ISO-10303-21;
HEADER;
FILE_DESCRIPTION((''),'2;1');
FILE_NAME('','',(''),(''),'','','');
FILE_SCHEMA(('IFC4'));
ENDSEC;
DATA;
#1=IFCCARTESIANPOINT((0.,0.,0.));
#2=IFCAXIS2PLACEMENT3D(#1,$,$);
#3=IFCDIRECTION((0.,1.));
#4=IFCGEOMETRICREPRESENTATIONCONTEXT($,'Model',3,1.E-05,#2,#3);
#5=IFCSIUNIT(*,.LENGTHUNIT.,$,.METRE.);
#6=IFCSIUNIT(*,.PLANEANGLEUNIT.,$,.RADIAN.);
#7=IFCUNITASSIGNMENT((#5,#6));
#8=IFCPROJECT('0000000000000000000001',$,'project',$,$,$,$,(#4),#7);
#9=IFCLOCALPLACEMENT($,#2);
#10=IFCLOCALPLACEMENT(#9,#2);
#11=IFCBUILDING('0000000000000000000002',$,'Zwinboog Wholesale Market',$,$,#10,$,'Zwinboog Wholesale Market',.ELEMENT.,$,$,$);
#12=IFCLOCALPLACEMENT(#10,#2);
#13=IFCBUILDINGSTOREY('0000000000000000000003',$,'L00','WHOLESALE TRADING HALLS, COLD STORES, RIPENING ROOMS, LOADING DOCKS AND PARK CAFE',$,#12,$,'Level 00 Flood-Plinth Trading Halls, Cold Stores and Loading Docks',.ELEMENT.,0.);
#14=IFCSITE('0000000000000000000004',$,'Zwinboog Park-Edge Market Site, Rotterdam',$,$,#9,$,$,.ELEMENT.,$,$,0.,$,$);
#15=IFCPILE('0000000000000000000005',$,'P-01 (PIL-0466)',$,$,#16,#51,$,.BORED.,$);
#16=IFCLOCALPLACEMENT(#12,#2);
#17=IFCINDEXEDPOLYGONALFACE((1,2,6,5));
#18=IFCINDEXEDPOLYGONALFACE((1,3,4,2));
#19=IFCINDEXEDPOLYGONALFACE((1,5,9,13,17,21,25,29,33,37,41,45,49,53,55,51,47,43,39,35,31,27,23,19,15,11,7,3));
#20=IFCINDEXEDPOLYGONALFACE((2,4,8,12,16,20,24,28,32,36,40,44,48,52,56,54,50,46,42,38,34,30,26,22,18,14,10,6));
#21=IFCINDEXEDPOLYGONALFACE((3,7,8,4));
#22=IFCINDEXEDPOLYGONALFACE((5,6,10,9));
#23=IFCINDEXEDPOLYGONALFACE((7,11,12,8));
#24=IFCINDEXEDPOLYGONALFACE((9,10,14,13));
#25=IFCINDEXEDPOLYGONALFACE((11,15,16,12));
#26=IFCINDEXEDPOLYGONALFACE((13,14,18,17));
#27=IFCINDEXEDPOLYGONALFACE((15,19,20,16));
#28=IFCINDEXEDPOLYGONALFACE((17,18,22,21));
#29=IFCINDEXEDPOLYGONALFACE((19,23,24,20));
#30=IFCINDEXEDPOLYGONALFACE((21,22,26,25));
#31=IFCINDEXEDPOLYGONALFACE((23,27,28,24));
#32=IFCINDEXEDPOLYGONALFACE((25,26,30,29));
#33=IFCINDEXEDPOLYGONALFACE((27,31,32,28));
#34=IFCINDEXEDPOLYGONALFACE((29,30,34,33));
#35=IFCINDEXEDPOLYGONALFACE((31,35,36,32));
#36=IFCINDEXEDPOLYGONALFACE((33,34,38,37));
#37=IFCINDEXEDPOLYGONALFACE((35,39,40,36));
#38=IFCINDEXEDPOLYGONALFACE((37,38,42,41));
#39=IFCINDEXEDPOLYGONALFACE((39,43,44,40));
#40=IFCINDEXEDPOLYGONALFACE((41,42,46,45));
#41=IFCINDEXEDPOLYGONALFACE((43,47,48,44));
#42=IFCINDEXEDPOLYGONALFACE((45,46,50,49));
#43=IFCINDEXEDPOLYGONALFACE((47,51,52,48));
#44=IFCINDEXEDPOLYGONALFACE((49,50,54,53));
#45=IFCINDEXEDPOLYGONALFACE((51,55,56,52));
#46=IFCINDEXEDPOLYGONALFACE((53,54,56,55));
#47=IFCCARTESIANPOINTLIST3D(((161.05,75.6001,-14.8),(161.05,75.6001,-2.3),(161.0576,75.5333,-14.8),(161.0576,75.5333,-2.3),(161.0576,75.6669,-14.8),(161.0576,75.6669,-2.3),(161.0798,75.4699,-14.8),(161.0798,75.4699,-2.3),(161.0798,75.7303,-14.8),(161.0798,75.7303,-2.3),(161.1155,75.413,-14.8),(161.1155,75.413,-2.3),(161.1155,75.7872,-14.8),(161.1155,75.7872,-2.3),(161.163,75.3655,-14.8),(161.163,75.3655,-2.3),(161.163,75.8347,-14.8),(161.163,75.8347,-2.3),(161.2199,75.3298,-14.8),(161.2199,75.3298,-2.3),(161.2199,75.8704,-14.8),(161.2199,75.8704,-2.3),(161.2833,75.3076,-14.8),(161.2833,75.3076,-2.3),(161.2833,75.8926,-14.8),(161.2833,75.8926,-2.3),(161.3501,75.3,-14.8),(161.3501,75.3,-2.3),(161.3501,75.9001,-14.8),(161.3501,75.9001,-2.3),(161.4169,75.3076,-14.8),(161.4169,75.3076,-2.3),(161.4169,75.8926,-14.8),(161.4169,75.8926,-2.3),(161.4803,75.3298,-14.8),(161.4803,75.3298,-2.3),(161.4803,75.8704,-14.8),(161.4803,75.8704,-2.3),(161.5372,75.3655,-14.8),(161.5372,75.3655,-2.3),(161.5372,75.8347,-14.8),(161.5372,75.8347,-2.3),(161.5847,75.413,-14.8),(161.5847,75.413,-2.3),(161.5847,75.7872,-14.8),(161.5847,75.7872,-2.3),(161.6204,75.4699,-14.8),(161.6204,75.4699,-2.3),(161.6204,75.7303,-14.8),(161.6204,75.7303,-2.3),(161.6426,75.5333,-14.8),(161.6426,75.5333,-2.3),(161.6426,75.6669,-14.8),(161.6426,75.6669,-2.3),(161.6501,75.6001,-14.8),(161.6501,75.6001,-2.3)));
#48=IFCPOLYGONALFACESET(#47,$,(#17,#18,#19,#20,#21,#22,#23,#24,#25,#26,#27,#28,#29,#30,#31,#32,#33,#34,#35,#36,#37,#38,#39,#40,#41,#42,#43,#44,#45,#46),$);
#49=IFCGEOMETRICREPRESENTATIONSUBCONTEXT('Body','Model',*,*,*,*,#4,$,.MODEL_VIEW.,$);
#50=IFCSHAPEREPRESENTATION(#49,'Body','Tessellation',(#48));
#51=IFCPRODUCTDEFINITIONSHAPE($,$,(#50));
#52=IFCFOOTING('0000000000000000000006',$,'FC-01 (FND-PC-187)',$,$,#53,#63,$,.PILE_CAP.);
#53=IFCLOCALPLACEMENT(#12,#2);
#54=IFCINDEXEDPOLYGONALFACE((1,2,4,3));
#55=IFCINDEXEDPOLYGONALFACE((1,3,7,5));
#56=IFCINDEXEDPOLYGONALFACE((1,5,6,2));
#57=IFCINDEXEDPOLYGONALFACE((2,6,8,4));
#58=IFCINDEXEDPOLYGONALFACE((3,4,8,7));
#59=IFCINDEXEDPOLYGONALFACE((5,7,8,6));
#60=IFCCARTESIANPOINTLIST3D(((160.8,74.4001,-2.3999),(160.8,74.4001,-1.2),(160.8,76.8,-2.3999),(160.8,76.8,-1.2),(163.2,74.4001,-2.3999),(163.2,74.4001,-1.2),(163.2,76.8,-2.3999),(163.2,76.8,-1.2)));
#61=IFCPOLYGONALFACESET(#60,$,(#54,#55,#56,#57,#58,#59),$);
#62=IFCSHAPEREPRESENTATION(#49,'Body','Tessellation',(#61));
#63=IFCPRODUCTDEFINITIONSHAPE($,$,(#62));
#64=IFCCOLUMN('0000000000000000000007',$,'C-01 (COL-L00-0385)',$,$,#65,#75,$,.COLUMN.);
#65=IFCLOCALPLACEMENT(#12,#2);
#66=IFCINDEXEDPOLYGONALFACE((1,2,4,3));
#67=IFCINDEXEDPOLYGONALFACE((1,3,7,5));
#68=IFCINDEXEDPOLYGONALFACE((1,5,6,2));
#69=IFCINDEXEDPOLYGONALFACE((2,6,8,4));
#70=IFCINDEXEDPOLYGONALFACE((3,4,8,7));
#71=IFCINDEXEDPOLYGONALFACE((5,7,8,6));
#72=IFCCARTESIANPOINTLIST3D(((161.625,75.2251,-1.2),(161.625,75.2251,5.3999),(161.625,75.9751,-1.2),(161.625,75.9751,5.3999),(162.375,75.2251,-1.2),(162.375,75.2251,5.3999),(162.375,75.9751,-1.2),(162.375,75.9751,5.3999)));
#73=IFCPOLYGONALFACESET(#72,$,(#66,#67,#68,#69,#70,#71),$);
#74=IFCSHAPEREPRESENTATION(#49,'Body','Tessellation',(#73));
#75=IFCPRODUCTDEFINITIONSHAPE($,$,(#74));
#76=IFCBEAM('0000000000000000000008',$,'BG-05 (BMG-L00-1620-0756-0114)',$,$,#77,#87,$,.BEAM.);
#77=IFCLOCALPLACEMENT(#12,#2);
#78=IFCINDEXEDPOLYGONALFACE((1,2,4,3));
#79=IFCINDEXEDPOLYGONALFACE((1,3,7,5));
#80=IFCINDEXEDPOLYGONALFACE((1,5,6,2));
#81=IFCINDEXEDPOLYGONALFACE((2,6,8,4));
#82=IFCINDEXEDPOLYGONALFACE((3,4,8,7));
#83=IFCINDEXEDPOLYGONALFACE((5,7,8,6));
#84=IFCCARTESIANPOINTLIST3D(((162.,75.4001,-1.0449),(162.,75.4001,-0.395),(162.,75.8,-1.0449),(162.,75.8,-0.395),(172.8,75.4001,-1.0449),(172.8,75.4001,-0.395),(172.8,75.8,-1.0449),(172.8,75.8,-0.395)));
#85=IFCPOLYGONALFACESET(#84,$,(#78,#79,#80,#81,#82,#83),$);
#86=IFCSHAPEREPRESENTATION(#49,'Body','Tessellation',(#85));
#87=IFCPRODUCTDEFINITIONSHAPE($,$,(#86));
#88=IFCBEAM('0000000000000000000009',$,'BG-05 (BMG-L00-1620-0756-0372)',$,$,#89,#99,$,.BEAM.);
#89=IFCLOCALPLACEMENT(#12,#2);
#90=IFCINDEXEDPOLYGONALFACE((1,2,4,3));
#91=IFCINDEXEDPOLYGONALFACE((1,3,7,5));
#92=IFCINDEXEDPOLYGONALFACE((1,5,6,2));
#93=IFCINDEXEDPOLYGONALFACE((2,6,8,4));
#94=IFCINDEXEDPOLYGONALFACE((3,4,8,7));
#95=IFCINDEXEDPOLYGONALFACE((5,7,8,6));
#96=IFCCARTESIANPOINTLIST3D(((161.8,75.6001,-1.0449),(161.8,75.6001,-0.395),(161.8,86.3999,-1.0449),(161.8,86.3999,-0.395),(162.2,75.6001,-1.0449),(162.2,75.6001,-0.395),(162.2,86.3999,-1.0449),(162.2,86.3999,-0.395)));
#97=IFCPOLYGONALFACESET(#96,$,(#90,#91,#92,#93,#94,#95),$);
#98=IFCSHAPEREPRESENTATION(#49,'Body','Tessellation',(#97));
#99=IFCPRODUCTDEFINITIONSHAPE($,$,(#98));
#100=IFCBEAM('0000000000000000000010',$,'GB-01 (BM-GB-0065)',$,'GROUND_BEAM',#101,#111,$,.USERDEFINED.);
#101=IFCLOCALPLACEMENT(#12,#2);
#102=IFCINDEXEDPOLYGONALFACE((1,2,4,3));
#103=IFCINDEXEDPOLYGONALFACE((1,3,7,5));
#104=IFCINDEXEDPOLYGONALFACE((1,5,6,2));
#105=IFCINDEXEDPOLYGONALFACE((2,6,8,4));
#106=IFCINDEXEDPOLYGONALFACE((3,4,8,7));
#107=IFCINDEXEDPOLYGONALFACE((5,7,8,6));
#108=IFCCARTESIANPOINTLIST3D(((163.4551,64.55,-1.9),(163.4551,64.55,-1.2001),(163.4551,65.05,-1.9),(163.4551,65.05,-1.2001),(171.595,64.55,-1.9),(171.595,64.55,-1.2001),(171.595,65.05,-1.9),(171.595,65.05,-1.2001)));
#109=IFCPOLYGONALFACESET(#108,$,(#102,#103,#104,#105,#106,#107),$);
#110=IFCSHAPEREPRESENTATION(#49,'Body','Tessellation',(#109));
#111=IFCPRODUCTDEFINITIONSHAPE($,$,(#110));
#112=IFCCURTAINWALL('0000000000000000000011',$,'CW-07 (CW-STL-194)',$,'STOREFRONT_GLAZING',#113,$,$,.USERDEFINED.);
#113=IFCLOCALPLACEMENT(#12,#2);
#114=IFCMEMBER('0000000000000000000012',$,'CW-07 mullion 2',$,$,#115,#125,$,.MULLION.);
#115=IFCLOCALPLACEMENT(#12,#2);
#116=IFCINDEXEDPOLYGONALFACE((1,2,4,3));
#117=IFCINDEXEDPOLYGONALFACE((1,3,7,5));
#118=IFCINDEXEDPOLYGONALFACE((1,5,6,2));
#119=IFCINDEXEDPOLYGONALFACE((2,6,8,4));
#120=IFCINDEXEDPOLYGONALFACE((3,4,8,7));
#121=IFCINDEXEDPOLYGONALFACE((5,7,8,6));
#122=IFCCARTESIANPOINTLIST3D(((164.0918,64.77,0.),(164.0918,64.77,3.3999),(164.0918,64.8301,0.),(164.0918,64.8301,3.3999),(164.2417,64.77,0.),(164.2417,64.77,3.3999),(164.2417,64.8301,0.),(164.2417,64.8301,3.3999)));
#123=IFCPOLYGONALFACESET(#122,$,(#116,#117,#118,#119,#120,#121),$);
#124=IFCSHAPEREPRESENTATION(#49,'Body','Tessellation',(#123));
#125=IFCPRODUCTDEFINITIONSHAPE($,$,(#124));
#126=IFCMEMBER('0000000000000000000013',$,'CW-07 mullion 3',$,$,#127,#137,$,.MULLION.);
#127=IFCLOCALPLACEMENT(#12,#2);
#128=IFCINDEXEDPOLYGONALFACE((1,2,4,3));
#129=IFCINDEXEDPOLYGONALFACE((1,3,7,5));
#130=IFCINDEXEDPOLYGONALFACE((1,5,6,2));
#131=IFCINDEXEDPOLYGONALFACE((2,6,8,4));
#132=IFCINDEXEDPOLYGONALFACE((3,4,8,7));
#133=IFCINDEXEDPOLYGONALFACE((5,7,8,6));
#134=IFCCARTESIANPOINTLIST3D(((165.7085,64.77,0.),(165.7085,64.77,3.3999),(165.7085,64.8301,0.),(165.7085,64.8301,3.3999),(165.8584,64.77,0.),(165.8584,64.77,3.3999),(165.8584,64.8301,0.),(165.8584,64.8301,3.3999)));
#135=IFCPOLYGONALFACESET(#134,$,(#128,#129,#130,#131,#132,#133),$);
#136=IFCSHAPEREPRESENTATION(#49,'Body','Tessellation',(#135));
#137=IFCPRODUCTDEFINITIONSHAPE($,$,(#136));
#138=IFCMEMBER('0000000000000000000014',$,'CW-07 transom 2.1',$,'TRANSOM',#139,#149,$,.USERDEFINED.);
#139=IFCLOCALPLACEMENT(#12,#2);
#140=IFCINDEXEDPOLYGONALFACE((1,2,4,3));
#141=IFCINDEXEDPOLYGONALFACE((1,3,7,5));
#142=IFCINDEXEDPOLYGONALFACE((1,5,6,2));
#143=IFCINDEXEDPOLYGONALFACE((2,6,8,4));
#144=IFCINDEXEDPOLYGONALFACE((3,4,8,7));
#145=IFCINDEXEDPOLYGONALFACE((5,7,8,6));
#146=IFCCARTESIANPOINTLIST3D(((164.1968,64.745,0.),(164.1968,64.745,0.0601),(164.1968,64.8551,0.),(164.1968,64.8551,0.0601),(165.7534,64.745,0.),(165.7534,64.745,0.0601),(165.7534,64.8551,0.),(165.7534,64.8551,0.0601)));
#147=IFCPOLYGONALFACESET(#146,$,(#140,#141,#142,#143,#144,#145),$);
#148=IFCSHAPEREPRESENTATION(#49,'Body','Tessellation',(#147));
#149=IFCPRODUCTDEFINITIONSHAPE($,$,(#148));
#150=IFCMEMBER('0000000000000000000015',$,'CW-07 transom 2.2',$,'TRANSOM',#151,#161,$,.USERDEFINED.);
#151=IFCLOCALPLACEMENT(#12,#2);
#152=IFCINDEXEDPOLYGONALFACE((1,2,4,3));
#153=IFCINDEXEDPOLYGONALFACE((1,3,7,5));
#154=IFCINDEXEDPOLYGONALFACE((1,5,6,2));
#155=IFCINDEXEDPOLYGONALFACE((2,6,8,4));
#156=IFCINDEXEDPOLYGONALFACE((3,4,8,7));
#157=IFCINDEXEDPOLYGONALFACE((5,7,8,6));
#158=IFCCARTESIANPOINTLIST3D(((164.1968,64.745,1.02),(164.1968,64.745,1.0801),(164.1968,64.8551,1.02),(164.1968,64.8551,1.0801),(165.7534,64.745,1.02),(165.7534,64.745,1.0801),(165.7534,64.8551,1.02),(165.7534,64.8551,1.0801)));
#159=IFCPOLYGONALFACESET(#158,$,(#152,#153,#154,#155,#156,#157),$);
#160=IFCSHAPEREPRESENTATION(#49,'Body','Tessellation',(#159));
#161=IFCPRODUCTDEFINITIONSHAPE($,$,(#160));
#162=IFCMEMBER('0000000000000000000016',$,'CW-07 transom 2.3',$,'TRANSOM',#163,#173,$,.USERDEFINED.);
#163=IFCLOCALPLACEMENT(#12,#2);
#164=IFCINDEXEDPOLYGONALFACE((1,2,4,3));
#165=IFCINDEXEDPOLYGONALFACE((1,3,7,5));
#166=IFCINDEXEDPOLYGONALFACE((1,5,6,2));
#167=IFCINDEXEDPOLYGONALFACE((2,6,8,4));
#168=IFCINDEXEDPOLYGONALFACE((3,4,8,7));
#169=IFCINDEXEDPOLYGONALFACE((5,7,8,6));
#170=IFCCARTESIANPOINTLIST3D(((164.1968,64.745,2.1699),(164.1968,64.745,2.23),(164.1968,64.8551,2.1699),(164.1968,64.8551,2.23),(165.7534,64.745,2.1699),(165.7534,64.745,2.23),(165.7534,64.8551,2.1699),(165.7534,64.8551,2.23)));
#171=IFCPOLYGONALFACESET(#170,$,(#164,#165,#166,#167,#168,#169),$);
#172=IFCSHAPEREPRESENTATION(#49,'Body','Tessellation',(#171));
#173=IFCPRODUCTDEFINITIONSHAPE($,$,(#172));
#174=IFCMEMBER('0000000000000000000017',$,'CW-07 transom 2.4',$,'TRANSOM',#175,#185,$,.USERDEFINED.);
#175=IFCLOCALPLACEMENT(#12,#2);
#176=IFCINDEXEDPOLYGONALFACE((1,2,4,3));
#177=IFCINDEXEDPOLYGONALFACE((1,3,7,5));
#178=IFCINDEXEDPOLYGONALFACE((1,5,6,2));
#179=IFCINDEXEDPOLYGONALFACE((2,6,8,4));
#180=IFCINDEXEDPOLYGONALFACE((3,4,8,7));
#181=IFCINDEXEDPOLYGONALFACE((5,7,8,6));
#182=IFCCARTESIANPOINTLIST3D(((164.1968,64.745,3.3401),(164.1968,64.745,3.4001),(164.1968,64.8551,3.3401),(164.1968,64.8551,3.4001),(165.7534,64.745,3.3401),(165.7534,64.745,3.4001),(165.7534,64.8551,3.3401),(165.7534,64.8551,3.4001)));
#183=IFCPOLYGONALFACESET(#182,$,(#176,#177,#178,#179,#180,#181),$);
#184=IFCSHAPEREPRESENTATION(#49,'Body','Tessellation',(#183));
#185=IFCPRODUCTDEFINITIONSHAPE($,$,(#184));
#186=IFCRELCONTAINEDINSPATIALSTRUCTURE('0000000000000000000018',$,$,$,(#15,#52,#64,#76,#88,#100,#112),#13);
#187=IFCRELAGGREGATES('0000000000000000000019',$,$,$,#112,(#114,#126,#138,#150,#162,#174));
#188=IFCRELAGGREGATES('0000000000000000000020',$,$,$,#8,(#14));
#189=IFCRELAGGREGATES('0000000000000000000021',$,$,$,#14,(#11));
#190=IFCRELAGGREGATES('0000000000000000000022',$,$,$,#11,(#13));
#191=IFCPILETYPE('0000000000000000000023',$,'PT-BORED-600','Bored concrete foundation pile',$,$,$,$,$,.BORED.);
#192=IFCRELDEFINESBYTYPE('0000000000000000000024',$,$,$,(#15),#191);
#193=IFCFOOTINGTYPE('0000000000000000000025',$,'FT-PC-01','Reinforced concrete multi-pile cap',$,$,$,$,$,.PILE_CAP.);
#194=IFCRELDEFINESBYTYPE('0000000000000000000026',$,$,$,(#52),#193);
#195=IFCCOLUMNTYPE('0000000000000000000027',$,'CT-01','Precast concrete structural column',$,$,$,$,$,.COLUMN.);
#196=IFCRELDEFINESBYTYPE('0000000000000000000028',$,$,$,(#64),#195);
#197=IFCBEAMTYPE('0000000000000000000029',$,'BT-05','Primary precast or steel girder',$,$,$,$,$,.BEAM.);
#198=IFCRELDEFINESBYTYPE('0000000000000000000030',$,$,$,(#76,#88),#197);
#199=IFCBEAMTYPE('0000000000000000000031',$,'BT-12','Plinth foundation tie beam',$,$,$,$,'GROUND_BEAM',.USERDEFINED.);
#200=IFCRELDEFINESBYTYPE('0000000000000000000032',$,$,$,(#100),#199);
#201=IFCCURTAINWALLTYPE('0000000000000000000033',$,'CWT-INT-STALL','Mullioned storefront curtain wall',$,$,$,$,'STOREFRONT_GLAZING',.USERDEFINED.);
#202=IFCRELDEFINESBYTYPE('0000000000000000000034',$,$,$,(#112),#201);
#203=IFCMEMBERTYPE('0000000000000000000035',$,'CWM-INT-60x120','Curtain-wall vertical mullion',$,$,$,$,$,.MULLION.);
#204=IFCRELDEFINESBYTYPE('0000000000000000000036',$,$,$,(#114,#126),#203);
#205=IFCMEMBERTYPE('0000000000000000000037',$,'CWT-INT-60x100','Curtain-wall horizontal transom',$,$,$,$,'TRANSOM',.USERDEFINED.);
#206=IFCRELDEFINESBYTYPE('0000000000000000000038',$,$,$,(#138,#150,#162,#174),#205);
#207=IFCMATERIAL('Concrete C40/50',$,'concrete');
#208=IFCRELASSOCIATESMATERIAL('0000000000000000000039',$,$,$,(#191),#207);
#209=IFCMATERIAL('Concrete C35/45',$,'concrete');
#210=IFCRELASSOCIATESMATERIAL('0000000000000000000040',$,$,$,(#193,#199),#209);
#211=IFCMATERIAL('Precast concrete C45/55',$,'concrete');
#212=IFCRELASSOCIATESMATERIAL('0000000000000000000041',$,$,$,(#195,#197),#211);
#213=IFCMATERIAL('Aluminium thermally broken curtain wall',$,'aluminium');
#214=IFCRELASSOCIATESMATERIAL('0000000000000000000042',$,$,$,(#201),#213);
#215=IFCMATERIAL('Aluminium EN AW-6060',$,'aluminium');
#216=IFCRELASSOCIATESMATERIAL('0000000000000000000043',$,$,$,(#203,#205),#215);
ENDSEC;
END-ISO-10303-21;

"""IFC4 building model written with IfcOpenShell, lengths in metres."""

from ifc_helpers import new_model, si_unit, direction, frame, origin, origin_2d, place, context, subcontext, project, spatial, rectangle, circle, extrude, material, material_profile, profile_set, type_object, element, aggregate, save


model = new_model("IFC4")

# Units and contexts
model_context = context("Model", 3, precision=1e-05, world=origin(), true_north=direction((0.0, 1.0)))
body_context = subcontext(model_context, "Body", "Model", "MODEL_VIEW")
ifc_project = project(units=[si_unit("LENGTHUNIT", "METRE"), si_unit("PLANEANGLEUNIT", "RADIAN")], contexts=[model_context])

# Site, building, storey
site_placement = place(None, origin())
site = spatial("IfcSite", under=ifc_project, at=site_placement, Name="Zwinboog Park-Edge Market Site, Rotterdam", CompositionType="ELEMENT", RefElevation=0.0)
building_placement = place(site_placement, origin())
building = spatial("IfcBuilding", under=site, at=building_placement, Name="Zwinboog Wholesale Market", LongName="Zwinboog Wholesale Market", CompositionType="ELEMENT")
storey_placement = place(building_placement, origin())
storey = spatial("IfcBuildingStorey", under=building, at=storey_placement, Name="L00", Description="WHOLESALE TRADING HALLS, COLD STORES, RIPENING ROOMS, LOADING DOCKS AND PARK CAFE", LongName="Level 00 Flood-Plinth Trading Halls, Cold Stores and Loading Docks", CompositionType="ELEMENT", Elevation=0.0)

# Pile
ifc_material_1 = material(Name="Concrete C40/50", Category="concrete")
ifc_material_profile_1 = material_profile(ifc_material_1, circle(Radius=0.3, at=origin_2d()), Name="PILE D600")
ifc_profile_set_1 = profile_set([ifc_material_profile_1], Name="Concrete C40/50")
pile_type = type_object("IfcPileType", Name="PT-BORED-600", Description="Bored concrete foundation pile", PredefinedType="BORED", material=ifc_profile_set_1)
pile_placement = place(storey_placement, frame((161.3501, 75.6001, -2.3), z_axis=(0.0, 0.0, -1.0), x_axis=(1.0, 0.0, 0.0)))
element("IfcPile", 1, at=pile_placement, inside=storey, type_object=pile_type, Name="P-01 (PIL-0466)", PredefinedType="BORED", context=body_context, shape_type="SweptSolid", body=[
    extrude(circle(Radius=0.3, at=origin_2d()), origin(), (0.0, 0.0, 1.0), 12.5),
])

# Footing
ifc_material_2 = material(Name="Concrete C35/45", Category="concrete")
footing_type = type_object("IfcFootingType", Name="FT-PC-01", Description="Reinforced concrete multi-pile cap", PredefinedType="PILE_CAP", material=ifc_material_2)
footing_placement = place(storey_placement, frame((162.0, 75.6001, -2.3999), z_axis=(0.0, 0.0, 1.0), x_axis=(1.0, 0.0, 0.0)))
element("IfcFooting", 2, at=footing_placement, inside=storey, type_object=footing_type, Name="FC-01 (FND-PC-187)", PredefinedType="PILE_CAP", context=body_context, shape_type="SweptSolid", body=[
    extrude(rectangle(XDim=2.3999, YDim=2.3999, at=origin_2d()), origin(), (0.0, 0.0, 1.0), 1.2),
])

# Column
ifc_material_3 = material(Name="Precast concrete C45/55", Category="concrete")
ifc_material_profile_2 = material_profile(ifc_material_3, rectangle(XDim=0.75, YDim=0.75, at=origin_2d()), Name="PC 750x750")
ifc_profile_set_2 = profile_set([ifc_material_profile_2], Name="Precast concrete C45/55")
column_type = type_object("IfcColumnType", Name="CT-01", Description="Precast concrete structural column", PredefinedType="COLUMN", material=ifc_profile_set_2)
column_placement = place(storey_placement, frame((162.0, 75.6001, -1.2), z_axis=(0.0, 0.0, 1.0), x_axis=(1.0, 0.0, 0.0)))
element("IfcColumn", 3, at=column_placement, inside=storey, type_object=column_type, Name="C-01 (COL-L00-0385)", PredefinedType="COLUMN", context=body_context, shape_type="SweptSolid", body=[
    extrude(rectangle(XDim=0.75, YDim=0.75, at=origin_2d()), origin(), (0.0, 0.0, 1.0), 6.5999),
])

# Beams
ifc_material_profile_3 = material_profile(ifc_material_3, rectangle(XDim=0.3999, YDim=0.6499, at=origin_2d()), Name="PC 400x650")
ifc_profile_set_3 = profile_set([ifc_material_profile_3], Name="Precast concrete C45/55")
beam_type_1 = type_object("IfcBeamType", Name="BT-05", Description="Primary precast or steel girder", PredefinedType="BEAM", material=ifc_profile_set_3)
beam_1_placement = place(storey_placement, frame((162.0, 75.6001, -0.72), z_axis=(1.0, 0.0, 0.0), x_axis=(0.0, 1.0, 0.0)))
element("IfcBeam", 4, at=beam_1_placement, inside=storey, type_object=beam_type_1, Name="BG-05 (BMG-L00-1620-0756-0114)", PredefinedType="BEAM", context=body_context, shape_type="SweptSolid", body=[
    extrude(rectangle(XDim=0.3999, YDim=0.6499, at=origin_2d()), origin(), (0.0, 0.0, 1.0), 10.8),
])
beam_2_placement = place(storey_placement, frame((162.0, 75.6001, -0.72), z_axis=(0.0, 1.0, 0.0), x_axis=(-1.0, 0.0, 0.0)))
element("IfcBeam", 5, at=beam_2_placement, inside=storey, type_object=beam_type_1, Name="BG-05 (BMG-L00-1620-0756-0372)", PredefinedType="BEAM", context=body_context, shape_type="SweptSolid", body=[
    extrude(rectangle(XDim=0.3999, YDim=0.6499, at=origin_2d()), origin(), (0.0, 0.0, 1.0), 10.7998),
])
ifc_material_profile_4 = material_profile(ifc_material_2, rectangle(XDim=0.5, YDim=0.7, at=origin_2d()), Name="RC 500x700")
ifc_profile_set_4 = profile_set([ifc_material_profile_4], Name="Concrete C35/45")
beam_type_2 = type_object("IfcBeamType", Name="BT-12", Description="Plinth foundation tie beam", ElementType="GROUND_BEAM", PredefinedType="USERDEFINED", material=ifc_profile_set_4)
beam_3_placement = place(storey_placement, frame((163.4551, 64.8, -1.55), z_axis=(1.0, 0.0, 0.0), x_axis=(0.0, 1.0, 0.0)))
element("IfcBeam", 6, at=beam_3_placement, inside=storey, type_object=beam_type_2, Name="GB-01 (BM-GB-0065)", ObjectType="GROUND_BEAM", PredefinedType="USERDEFINED", context=body_context, shape_type="SweptSolid", body=[
    extrude(rectangle(XDim=0.5, YDim=0.7, at=origin_2d()), origin(), (0.0, 0.0, 1.0), 8.1399),
])

# Curtain wall, members
ifc_material_4 = material(Name="Aluminium thermally broken curtain wall", Category="aluminium")
curtain_wall_type = type_object("IfcCurtainWallType", Name="CWT-INT-STALL", Description="Mullioned storefront curtain wall", ElementType="STOREFRONT_GLAZING", PredefinedType="USERDEFINED", material=ifc_material_4)
curtain_wall_placement = place(storey_placement, origin())
curtain_wall = element("IfcCurtainWall", 7, at=curtain_wall_placement, inside=storey, type_object=curtain_wall_type, Name="CW-07 (CW-STL-194)", ObjectType="STOREFRONT_GLAZING", PredefinedType="USERDEFINED")
ifc_material_5 = material(Name="Aluminium EN AW-6060", Category="aluminium")
ifc_material_profile_5 = material_profile(ifc_material_5, rectangle(XDim=0.0601, YDim=0.1499, at=origin_2d()), Name="AL 60x150")
ifc_profile_set_5 = profile_set([ifc_material_profile_5], Name="Aluminium EN AW-6060")
member_type_1 = type_object("IfcMemberType", Name="CWM-INT-60x120", Description="Curtain-wall vertical mullion", PredefinedType="MULLION", material=ifc_profile_set_5)
member_1_placement = place(storey_placement, frame((164.1667, 64.8, 0.0), z_axis=(0.0, 0.0, 1.0), x_axis=(0.0, 1.0, 0.0)))
member_1 = element("IfcMember", 8, at=member_1_placement, type_object=member_type_1, Name="CW-07 mullion 2", PredefinedType="MULLION", context=body_context, shape_type="SweptSolid", body=[
    extrude(rectangle(XDim=0.0601, YDim=0.1499, at=origin_2d()), origin(), (0.0, 0.0, 1.0), 3.3999),
])
member_2_placement = place(storey_placement, frame((165.7834, 64.8, 0.0), z_axis=(0.0, 0.0, 1.0), x_axis=(0.0, 1.0, 0.0)))
member_2 = element("IfcMember", 9, at=member_2_placement, type_object=member_type_1, Name="CW-07 mullion 3", PredefinedType="MULLION", context=body_context, shape_type="SweptSolid", body=[
    extrude(rectangle(XDim=0.0601, YDim=0.1499, at=origin_2d()), origin(), (0.0, 0.0, 1.0), 3.3999),
])
ifc_material_profile_6 = material_profile(ifc_material_5, rectangle(XDim=0.1101, YDim=0.0601, at=origin_2d()), Name="AL 60x110")
ifc_profile_set_6 = profile_set([ifc_material_profile_6], Name="Aluminium EN AW-6060")
member_type_2 = type_object("IfcMemberType", Name="CWT-INT-60x100", Description="Curtain-wall horizontal transom", ElementType="TRANSOM", PredefinedType="USERDEFINED", material=ifc_profile_set_6)
member_3_placement = place(storey_placement, frame((164.1968, 64.8, 0.03), z_axis=(1.0, 0.0, 0.0), x_axis=(0.0, 1.0, 0.0)))
member_3 = element("IfcMember", 10, at=member_3_placement, type_object=member_type_2, Name="CW-07 transom 2.1", ObjectType="TRANSOM", PredefinedType="USERDEFINED", context=body_context, shape_type="SweptSolid", body=[
    extrude(rectangle(XDim=0.1101, YDim=0.0601, at=origin_2d()), origin(), (0.0, 0.0, 1.0), 1.5566),
])
member_4_placement = place(storey_placement, frame((164.1968, 64.8, 1.05), z_axis=(1.0, 0.0, 0.0), x_axis=(0.0, 1.0, 0.0)))
member_4 = element("IfcMember", 11, at=member_4_placement, type_object=member_type_2, Name="CW-07 transom 2.2", ObjectType="TRANSOM", PredefinedType="USERDEFINED", context=body_context, shape_type="SweptSolid", body=[
    extrude(rectangle(XDim=0.1101, YDim=0.0601, at=origin_2d()), origin(), (0.0, 0.0, 1.0), 1.5566),
])
member_5_placement = place(storey_placement, frame((164.1968, 64.8, 2.2), z_axis=(1.0, 0.0, 0.0), x_axis=(0.0, 1.0, 0.0)))
member_5 = element("IfcMember", 12, at=member_5_placement, type_object=member_type_2, Name="CW-07 transom 2.3", ObjectType="TRANSOM", PredefinedType="USERDEFINED", context=body_context, shape_type="SweptSolid", body=[
    extrude(rectangle(XDim=0.1101, YDim=0.0601, at=origin_2d()), origin(), (0.0, 0.0, 1.0), 1.5566),
])
member_6_placement = place(storey_placement, frame((164.1968, 64.8, 3.3701), z_axis=(1.0, 0.0, 0.0), x_axis=(0.0, 1.0, 0.0)))
member_6 = element("IfcMember", 13, at=member_6_placement, type_object=member_type_2, Name="CW-07 transom 2.4", ObjectType="TRANSOM", PredefinedType="USERDEFINED", context=body_context, shape_type="SweptSolid", body=[
    extrude(rectangle(XDim=0.1101, YDim=0.0601, at=origin_2d()), origin(), (0.0, 0.0, 1.0), 1.5566),
])
aggregate(curtain_wall, [member_1, member_2, member_3, member_4, member_5, member_6])

save(model, "model.ifc")
